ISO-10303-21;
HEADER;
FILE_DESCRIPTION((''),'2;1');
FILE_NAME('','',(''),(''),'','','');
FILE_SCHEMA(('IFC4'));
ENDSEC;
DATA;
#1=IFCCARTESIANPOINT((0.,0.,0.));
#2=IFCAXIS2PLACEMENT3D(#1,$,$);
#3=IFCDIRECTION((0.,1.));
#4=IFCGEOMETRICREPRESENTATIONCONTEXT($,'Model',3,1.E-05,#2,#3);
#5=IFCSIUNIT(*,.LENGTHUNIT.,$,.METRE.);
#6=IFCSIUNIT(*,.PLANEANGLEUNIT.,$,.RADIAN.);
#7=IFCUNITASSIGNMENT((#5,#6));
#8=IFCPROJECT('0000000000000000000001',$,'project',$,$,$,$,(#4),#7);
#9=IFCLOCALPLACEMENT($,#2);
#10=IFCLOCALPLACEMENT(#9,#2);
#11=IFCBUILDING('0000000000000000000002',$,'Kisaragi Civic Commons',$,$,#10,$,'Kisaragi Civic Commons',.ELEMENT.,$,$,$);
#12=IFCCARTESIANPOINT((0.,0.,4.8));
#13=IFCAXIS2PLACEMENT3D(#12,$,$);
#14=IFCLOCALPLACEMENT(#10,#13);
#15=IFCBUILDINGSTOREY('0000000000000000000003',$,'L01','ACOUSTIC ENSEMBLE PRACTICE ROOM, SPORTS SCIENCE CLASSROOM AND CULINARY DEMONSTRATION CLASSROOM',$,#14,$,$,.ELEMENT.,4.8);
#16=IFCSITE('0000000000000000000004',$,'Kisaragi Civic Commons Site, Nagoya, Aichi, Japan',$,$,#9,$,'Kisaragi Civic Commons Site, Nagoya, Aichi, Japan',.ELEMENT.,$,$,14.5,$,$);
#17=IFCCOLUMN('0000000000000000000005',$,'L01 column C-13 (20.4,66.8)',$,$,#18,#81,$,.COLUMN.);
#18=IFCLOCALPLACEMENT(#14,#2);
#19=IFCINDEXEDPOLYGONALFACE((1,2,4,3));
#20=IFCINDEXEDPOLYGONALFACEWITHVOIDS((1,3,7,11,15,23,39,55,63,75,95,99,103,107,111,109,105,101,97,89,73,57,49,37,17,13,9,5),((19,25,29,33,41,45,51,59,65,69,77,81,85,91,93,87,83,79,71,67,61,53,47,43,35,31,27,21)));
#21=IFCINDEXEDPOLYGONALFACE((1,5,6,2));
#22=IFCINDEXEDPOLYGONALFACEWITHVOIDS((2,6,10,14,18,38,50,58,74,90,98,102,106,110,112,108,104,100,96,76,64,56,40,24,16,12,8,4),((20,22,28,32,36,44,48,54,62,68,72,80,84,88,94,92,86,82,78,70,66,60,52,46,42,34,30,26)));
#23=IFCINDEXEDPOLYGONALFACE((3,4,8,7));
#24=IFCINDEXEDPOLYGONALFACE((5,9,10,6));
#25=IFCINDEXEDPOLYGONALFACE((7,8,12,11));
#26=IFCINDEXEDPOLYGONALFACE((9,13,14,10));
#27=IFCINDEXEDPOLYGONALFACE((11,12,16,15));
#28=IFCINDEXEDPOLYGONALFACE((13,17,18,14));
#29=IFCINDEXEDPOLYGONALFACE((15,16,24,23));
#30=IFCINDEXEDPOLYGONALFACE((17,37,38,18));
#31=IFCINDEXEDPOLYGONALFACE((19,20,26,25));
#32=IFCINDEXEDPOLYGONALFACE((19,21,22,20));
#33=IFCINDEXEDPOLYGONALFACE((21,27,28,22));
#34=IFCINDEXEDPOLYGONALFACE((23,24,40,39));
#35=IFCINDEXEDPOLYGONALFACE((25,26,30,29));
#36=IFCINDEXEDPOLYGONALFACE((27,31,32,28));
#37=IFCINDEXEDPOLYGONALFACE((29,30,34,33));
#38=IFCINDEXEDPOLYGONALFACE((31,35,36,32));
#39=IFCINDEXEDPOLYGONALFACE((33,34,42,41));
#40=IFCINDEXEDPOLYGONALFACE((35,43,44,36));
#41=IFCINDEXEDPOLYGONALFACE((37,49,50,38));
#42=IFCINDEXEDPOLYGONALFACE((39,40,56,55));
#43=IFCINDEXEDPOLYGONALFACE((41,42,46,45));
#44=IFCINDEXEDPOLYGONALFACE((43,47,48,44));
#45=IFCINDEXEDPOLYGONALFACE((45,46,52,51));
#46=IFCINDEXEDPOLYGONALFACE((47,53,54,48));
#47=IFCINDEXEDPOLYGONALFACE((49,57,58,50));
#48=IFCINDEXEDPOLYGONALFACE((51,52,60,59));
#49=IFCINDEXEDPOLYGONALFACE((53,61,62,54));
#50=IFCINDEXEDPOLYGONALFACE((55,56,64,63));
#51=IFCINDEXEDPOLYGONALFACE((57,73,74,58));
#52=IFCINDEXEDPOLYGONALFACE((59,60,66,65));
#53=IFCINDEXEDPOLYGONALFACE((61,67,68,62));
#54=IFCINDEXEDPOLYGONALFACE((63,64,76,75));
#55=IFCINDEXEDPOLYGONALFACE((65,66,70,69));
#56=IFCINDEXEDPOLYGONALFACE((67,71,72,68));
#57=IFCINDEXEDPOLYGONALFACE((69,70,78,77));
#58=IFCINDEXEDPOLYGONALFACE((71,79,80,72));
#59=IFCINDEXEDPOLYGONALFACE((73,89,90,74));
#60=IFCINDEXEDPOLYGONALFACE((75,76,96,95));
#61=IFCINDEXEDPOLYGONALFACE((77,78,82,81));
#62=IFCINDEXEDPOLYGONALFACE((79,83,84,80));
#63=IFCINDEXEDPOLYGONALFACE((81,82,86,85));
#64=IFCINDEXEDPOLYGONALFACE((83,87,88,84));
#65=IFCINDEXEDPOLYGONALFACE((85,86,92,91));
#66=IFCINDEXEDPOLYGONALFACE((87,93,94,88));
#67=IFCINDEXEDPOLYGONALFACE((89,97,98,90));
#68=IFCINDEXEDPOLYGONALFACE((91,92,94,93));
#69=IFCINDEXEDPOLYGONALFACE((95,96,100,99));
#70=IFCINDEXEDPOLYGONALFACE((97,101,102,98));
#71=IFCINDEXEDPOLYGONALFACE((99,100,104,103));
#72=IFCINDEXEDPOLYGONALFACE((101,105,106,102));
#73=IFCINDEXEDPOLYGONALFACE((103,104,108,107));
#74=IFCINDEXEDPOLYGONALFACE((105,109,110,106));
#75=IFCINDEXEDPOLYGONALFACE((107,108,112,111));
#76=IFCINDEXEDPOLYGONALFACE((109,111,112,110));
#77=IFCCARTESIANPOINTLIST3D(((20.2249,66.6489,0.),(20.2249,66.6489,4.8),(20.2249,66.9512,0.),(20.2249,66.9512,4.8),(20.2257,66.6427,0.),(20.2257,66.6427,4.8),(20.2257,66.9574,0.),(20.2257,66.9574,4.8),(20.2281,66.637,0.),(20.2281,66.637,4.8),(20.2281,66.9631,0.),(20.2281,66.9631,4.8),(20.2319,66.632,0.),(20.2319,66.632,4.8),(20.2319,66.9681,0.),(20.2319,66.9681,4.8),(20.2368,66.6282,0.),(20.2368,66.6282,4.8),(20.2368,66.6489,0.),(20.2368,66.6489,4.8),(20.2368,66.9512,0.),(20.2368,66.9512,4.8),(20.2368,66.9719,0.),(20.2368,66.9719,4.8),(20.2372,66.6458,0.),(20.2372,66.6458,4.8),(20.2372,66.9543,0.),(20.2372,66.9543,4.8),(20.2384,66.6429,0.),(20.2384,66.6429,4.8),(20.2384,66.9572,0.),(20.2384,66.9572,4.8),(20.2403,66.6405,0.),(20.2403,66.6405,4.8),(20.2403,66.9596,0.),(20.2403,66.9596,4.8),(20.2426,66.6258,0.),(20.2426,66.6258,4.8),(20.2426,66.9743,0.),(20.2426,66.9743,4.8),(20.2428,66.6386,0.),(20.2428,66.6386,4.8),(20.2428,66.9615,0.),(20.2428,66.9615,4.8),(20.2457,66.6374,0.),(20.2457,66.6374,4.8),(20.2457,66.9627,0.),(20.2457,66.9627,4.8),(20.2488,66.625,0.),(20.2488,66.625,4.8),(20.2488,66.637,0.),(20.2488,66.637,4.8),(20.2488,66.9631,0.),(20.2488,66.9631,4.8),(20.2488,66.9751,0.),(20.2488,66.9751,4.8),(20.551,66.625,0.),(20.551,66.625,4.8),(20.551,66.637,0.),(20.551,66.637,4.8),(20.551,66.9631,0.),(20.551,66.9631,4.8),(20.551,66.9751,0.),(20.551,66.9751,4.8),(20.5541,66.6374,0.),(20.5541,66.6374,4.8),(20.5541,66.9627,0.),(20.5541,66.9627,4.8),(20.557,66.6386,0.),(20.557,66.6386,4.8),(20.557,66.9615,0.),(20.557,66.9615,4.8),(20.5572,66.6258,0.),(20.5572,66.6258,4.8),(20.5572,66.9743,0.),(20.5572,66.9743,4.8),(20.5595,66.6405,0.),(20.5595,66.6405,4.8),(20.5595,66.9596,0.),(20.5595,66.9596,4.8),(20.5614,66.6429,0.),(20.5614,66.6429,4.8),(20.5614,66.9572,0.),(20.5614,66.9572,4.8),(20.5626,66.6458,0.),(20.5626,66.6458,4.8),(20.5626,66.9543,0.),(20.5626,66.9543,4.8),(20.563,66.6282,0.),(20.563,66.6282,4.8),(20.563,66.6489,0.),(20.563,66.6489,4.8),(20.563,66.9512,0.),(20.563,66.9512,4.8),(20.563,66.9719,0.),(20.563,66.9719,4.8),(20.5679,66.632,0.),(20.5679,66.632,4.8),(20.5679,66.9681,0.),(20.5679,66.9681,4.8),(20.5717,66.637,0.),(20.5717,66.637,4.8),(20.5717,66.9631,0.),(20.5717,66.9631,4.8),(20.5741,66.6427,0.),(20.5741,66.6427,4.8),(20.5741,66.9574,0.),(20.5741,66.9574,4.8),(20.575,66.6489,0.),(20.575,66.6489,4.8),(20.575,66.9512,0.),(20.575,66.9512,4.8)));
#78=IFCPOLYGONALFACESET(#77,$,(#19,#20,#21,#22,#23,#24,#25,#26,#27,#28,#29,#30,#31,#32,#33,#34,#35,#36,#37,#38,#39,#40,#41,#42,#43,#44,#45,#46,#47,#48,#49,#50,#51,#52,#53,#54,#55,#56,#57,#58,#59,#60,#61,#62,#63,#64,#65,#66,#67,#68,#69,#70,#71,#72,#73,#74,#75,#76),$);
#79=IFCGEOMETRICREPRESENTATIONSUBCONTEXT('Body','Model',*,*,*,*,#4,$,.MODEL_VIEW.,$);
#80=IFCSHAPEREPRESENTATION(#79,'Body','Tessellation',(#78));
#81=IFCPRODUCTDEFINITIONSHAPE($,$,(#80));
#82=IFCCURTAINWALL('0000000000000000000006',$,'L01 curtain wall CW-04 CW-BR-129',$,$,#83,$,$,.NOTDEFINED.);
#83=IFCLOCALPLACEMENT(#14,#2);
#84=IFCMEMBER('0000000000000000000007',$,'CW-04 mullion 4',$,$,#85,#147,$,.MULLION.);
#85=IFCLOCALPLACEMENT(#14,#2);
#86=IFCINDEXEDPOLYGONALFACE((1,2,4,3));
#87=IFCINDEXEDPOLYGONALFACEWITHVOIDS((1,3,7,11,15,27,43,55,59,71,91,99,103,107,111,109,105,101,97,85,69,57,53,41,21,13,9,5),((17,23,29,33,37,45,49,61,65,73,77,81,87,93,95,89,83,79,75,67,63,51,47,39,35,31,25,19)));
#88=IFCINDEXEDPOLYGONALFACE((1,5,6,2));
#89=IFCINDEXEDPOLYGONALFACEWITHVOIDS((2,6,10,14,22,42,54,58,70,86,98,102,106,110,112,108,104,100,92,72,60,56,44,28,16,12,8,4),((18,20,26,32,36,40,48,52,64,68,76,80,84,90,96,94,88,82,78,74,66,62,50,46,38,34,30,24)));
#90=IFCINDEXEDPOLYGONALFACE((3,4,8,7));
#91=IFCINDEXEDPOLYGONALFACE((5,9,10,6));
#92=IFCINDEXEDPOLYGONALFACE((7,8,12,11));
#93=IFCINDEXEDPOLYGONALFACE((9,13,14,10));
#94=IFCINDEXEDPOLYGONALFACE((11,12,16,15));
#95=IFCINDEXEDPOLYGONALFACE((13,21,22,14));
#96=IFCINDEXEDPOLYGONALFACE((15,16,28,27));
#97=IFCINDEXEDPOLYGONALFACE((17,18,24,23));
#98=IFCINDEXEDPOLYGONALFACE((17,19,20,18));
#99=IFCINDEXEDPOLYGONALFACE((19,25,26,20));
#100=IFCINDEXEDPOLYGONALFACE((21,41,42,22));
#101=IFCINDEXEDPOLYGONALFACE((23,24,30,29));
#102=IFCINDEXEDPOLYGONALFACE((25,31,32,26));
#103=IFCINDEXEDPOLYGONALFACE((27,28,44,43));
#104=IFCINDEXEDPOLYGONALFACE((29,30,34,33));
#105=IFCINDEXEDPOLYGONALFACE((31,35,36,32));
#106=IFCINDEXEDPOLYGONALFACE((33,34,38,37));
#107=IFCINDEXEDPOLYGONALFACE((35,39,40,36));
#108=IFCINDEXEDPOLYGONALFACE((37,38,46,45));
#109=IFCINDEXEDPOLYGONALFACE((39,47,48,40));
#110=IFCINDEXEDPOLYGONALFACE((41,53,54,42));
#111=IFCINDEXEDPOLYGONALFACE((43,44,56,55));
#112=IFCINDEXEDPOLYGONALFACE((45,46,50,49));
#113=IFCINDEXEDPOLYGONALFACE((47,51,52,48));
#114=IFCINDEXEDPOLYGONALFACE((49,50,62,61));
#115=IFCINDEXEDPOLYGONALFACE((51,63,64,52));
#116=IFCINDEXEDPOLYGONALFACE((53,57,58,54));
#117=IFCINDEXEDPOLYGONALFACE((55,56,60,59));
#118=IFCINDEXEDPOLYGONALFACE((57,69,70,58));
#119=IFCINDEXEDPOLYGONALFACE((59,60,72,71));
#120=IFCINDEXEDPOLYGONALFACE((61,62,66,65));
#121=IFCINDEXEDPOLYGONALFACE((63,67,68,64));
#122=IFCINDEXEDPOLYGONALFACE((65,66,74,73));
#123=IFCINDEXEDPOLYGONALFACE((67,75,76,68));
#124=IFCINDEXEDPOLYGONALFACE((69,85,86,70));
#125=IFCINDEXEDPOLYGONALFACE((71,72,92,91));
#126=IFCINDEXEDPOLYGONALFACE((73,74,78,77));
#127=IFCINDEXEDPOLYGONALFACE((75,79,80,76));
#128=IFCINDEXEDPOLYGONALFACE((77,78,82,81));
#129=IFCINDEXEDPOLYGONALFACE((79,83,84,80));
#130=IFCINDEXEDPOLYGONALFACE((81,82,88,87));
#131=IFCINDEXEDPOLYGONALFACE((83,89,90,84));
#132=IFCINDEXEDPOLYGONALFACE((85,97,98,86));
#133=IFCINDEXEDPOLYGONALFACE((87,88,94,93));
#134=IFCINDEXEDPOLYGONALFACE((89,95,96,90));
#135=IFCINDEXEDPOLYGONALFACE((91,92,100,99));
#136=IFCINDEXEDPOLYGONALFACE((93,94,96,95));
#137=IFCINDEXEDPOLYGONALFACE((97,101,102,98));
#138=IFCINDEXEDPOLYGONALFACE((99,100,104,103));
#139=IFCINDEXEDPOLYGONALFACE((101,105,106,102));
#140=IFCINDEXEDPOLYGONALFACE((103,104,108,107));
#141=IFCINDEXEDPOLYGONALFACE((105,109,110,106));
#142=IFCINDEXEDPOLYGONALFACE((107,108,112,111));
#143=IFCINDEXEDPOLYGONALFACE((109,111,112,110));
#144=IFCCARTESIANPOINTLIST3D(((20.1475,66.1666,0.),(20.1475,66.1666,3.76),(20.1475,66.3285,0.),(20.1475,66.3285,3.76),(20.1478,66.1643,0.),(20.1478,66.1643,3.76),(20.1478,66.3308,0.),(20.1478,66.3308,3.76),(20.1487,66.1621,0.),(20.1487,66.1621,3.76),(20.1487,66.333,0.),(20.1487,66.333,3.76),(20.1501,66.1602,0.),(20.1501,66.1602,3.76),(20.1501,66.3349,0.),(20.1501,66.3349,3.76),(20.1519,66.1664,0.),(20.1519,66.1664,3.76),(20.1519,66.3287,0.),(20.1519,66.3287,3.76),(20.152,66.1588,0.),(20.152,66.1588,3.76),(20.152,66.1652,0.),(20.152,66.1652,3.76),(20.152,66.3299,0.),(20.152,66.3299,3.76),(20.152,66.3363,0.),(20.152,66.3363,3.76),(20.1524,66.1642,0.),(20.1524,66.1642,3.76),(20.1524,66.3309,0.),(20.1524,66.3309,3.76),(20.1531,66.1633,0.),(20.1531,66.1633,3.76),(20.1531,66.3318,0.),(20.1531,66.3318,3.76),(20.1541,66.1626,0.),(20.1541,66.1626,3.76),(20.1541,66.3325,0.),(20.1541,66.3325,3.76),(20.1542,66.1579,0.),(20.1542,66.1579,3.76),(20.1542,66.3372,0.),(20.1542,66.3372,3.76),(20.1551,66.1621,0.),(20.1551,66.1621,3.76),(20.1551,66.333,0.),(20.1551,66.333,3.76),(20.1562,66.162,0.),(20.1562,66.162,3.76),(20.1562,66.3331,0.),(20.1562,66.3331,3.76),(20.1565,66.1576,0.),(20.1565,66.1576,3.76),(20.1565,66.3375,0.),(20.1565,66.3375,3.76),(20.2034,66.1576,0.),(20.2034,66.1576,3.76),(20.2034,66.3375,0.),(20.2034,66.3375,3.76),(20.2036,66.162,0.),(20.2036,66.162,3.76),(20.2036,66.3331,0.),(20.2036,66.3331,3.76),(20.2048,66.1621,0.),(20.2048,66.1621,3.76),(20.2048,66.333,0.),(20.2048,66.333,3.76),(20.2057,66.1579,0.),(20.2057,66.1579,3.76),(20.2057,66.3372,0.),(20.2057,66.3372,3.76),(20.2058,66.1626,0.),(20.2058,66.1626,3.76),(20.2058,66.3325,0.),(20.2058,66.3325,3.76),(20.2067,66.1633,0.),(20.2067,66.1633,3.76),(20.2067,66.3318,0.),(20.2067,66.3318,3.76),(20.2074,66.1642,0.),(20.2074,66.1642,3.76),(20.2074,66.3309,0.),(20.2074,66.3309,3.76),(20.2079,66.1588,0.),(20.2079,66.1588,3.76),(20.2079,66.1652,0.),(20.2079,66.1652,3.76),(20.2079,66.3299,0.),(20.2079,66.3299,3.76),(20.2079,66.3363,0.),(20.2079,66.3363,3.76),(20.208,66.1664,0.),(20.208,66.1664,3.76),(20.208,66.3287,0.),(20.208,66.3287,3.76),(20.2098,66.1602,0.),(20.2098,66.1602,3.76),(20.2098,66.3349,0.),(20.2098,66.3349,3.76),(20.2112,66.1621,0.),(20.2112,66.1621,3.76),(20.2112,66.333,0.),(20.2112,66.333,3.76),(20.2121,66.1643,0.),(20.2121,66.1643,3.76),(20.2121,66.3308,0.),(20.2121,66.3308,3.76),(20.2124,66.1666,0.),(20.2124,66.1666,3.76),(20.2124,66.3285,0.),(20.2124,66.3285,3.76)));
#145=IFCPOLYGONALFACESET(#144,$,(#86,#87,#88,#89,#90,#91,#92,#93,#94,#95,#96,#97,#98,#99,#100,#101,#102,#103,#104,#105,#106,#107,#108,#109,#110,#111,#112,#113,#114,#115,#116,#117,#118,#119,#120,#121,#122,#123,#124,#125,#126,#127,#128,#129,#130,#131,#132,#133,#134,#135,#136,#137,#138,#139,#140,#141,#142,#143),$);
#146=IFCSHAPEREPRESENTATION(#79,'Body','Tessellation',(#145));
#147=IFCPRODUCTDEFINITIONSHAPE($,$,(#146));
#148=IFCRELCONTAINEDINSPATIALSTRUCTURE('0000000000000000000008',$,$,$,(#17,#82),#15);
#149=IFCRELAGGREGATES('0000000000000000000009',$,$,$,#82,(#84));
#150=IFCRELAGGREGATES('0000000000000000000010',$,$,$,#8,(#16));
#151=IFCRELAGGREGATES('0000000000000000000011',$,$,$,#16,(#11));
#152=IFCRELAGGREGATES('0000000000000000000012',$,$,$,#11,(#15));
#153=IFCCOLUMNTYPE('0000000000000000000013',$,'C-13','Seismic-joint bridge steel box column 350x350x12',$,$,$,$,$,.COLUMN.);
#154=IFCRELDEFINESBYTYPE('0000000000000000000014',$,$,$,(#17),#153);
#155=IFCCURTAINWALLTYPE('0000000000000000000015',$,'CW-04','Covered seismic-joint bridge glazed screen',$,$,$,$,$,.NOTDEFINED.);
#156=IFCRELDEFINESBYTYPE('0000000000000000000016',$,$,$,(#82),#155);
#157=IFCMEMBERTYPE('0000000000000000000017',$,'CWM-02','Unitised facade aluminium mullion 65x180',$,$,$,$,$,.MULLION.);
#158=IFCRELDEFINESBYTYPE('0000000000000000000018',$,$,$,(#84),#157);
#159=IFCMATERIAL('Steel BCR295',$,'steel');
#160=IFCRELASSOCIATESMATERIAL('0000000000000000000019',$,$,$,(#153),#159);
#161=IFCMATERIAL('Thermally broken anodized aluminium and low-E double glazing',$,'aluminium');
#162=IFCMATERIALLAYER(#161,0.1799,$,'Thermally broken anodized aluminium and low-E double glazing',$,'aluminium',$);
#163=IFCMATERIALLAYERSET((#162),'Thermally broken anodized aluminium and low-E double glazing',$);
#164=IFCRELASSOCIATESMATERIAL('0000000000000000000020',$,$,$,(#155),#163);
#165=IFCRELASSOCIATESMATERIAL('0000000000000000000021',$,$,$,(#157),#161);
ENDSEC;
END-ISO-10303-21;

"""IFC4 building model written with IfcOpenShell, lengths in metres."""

from ifc_helpers import new_model, si_unit, direction, frame, origin, origin_2d, place, context, subcontext, project, spatial, hollow_rectangle, extrude, material, layer, layer_set, material_profile, profile_set, type_object, element, aggregate, save


model = new_model("IFC4")

# Units and contexts
model_context = context("Model", 3, precision=1e-05, world=origin(), true_north=direction((0.0, 1.0)))
body_context = subcontext(model_context, "Body", "Model", "MODEL_VIEW")
ifc_project = project(units=[si_unit("LENGTHUNIT", "METRE"), si_unit("PLANEANGLEUNIT", "RADIAN")], contexts=[model_context])

# Site, building, storey
site_placement = place(None, origin())
site = spatial("IfcSite", under=ifc_project, at=site_placement, Name="Kisaragi Civic Commons Site, Nagoya, Aichi, Japan", LongName="Kisaragi Civic Commons Site, Nagoya, Aichi, Japan", CompositionType="ELEMENT", RefElevation=14.5)
building_placement = place(site_placement, origin())
building = spatial("IfcBuilding", under=site, at=building_placement, Name="Kisaragi Civic Commons", LongName="Kisaragi Civic Commons", CompositionType="ELEMENT")
storey_placement = place(building_placement, frame((0.0, 0.0, 4.8)))
storey = spatial("IfcBuildingStorey", under=building, at=storey_placement, Name="L01", Description="ACOUSTIC ENSEMBLE PRACTICE ROOM, SPORTS SCIENCE CLASSROOM AND CULINARY DEMONSTRATION CLASSROOM", CompositionType="ELEMENT", Elevation=4.8)

# Column
ifc_material_1 = material(Name="Steel BCR295", Category="steel")
ifc_material_profile_1 = material_profile(ifc_material_1, hollow_rectangle(XDim=0.3501, YDim=0.3501, WallThickness=0.012, InnerFilletRadius=0.012, OuterFilletRadius=0.0239, at=origin_2d()), Name="BCR-350x350x12", Category="steel")
ifc_profile_set_1 = profile_set([ifc_material_profile_1], Name="Steel BCR295")
column_type = type_object("IfcColumnType", Name="C-13", Description="Seismic-joint bridge steel box column 350x350x12", PredefinedType="COLUMN", material=ifc_profile_set_1)
column_placement = place(storey_placement, frame((20.3999, 66.8, 0.0), z_axis=(0.0, 0.0, 1.0), x_axis=(1.0, 0.0, 0.0)))
element("IfcColumn", 1, at=column_placement, inside=storey, type_object=column_type, Name="L01 column C-13 (20.4,66.8)", PredefinedType="COLUMN", context=body_context, shape_type="SweptSolid", body=[
    extrude(hollow_rectangle(XDim=0.3501, YDim=0.3501, WallThickness=0.012, InnerFilletRadius=0.012, OuterFilletRadius=0.0239, at=origin_2d()), origin(), (0.0, 0.0, 1.0), 4.8),
])

# Curtain wall, member
ifc_material_2 = material(Name="Thermally broken anodized aluminium and low-E double glazing", Category="aluminium")
ifc_layer_1 = layer(ifc_material_2, 0.1799, Name="Thermally broken anodized aluminium and low-E double glazing", Category="aluminium")
ifc_layer_set_1 = layer_set([ifc_layer_1], Name="Thermally broken anodized aluminium and low-E double glazing")
curtain_wall_type = type_object("IfcCurtainWallType", Name="CW-04", Description="Covered seismic-joint bridge glazed screen", PredefinedType="NOTDEFINED", material=ifc_layer_set_1)
curtain_wall_1_placement = place(storey_placement, origin())
curtain_wall_1 = element("IfcCurtainWall", 2, at=curtain_wall_1_placement, inside=storey, type_object=curtain_wall_type, Name="L01 curtain wall CW-04 CW-BR-129", PredefinedType="NOTDEFINED")
ifc_material_profile_2 = material_profile(ifc_material_2, hollow_rectangle(XDim=0.0649, YDim=0.1799, WallThickness=0.0044, InnerFilletRadius=0.0044, OuterFilletRadius=0.009, at=origin_2d()), Name="CWM-65x180x4.5", Category="aluminium")
ifc_profile_set_2 = profile_set([ifc_material_profile_2], Name="Thermally broken anodized aluminium and low-E double glazing")
member_type_1 = type_object("IfcMemberType", Name="CWM-02", Description="Unitised facade aluminium mullion 65x180", PredefinedType="MULLION", material=ifc_profile_set_2)
member_1_placement = place(storey_placement, frame((20.1799, 66.2476, 0.0), z_axis=(0.0, 0.0, 1.0), x_axis=(-1.0, 0.0, 0.0)))
member_1 = element("IfcMember", 3, at=member_1_placement, type_object=member_type_1, Name="CW-04 mullion 4", PredefinedType="MULLION", context=body_context, shape_type="SweptSolid", body=[
    extrude(hollow_rectangle(XDim=0.0649, YDim=0.1799, WallThickness=0.0044, InnerFilletRadius=0.0044, OuterFilletRadius=0.009, at=origin_2d()), origin(), (0.0, 0.0, 1.0), 3.76),
])

aggregate(curtain_wall_1, [member_1])

save(model, "model.ifc")
